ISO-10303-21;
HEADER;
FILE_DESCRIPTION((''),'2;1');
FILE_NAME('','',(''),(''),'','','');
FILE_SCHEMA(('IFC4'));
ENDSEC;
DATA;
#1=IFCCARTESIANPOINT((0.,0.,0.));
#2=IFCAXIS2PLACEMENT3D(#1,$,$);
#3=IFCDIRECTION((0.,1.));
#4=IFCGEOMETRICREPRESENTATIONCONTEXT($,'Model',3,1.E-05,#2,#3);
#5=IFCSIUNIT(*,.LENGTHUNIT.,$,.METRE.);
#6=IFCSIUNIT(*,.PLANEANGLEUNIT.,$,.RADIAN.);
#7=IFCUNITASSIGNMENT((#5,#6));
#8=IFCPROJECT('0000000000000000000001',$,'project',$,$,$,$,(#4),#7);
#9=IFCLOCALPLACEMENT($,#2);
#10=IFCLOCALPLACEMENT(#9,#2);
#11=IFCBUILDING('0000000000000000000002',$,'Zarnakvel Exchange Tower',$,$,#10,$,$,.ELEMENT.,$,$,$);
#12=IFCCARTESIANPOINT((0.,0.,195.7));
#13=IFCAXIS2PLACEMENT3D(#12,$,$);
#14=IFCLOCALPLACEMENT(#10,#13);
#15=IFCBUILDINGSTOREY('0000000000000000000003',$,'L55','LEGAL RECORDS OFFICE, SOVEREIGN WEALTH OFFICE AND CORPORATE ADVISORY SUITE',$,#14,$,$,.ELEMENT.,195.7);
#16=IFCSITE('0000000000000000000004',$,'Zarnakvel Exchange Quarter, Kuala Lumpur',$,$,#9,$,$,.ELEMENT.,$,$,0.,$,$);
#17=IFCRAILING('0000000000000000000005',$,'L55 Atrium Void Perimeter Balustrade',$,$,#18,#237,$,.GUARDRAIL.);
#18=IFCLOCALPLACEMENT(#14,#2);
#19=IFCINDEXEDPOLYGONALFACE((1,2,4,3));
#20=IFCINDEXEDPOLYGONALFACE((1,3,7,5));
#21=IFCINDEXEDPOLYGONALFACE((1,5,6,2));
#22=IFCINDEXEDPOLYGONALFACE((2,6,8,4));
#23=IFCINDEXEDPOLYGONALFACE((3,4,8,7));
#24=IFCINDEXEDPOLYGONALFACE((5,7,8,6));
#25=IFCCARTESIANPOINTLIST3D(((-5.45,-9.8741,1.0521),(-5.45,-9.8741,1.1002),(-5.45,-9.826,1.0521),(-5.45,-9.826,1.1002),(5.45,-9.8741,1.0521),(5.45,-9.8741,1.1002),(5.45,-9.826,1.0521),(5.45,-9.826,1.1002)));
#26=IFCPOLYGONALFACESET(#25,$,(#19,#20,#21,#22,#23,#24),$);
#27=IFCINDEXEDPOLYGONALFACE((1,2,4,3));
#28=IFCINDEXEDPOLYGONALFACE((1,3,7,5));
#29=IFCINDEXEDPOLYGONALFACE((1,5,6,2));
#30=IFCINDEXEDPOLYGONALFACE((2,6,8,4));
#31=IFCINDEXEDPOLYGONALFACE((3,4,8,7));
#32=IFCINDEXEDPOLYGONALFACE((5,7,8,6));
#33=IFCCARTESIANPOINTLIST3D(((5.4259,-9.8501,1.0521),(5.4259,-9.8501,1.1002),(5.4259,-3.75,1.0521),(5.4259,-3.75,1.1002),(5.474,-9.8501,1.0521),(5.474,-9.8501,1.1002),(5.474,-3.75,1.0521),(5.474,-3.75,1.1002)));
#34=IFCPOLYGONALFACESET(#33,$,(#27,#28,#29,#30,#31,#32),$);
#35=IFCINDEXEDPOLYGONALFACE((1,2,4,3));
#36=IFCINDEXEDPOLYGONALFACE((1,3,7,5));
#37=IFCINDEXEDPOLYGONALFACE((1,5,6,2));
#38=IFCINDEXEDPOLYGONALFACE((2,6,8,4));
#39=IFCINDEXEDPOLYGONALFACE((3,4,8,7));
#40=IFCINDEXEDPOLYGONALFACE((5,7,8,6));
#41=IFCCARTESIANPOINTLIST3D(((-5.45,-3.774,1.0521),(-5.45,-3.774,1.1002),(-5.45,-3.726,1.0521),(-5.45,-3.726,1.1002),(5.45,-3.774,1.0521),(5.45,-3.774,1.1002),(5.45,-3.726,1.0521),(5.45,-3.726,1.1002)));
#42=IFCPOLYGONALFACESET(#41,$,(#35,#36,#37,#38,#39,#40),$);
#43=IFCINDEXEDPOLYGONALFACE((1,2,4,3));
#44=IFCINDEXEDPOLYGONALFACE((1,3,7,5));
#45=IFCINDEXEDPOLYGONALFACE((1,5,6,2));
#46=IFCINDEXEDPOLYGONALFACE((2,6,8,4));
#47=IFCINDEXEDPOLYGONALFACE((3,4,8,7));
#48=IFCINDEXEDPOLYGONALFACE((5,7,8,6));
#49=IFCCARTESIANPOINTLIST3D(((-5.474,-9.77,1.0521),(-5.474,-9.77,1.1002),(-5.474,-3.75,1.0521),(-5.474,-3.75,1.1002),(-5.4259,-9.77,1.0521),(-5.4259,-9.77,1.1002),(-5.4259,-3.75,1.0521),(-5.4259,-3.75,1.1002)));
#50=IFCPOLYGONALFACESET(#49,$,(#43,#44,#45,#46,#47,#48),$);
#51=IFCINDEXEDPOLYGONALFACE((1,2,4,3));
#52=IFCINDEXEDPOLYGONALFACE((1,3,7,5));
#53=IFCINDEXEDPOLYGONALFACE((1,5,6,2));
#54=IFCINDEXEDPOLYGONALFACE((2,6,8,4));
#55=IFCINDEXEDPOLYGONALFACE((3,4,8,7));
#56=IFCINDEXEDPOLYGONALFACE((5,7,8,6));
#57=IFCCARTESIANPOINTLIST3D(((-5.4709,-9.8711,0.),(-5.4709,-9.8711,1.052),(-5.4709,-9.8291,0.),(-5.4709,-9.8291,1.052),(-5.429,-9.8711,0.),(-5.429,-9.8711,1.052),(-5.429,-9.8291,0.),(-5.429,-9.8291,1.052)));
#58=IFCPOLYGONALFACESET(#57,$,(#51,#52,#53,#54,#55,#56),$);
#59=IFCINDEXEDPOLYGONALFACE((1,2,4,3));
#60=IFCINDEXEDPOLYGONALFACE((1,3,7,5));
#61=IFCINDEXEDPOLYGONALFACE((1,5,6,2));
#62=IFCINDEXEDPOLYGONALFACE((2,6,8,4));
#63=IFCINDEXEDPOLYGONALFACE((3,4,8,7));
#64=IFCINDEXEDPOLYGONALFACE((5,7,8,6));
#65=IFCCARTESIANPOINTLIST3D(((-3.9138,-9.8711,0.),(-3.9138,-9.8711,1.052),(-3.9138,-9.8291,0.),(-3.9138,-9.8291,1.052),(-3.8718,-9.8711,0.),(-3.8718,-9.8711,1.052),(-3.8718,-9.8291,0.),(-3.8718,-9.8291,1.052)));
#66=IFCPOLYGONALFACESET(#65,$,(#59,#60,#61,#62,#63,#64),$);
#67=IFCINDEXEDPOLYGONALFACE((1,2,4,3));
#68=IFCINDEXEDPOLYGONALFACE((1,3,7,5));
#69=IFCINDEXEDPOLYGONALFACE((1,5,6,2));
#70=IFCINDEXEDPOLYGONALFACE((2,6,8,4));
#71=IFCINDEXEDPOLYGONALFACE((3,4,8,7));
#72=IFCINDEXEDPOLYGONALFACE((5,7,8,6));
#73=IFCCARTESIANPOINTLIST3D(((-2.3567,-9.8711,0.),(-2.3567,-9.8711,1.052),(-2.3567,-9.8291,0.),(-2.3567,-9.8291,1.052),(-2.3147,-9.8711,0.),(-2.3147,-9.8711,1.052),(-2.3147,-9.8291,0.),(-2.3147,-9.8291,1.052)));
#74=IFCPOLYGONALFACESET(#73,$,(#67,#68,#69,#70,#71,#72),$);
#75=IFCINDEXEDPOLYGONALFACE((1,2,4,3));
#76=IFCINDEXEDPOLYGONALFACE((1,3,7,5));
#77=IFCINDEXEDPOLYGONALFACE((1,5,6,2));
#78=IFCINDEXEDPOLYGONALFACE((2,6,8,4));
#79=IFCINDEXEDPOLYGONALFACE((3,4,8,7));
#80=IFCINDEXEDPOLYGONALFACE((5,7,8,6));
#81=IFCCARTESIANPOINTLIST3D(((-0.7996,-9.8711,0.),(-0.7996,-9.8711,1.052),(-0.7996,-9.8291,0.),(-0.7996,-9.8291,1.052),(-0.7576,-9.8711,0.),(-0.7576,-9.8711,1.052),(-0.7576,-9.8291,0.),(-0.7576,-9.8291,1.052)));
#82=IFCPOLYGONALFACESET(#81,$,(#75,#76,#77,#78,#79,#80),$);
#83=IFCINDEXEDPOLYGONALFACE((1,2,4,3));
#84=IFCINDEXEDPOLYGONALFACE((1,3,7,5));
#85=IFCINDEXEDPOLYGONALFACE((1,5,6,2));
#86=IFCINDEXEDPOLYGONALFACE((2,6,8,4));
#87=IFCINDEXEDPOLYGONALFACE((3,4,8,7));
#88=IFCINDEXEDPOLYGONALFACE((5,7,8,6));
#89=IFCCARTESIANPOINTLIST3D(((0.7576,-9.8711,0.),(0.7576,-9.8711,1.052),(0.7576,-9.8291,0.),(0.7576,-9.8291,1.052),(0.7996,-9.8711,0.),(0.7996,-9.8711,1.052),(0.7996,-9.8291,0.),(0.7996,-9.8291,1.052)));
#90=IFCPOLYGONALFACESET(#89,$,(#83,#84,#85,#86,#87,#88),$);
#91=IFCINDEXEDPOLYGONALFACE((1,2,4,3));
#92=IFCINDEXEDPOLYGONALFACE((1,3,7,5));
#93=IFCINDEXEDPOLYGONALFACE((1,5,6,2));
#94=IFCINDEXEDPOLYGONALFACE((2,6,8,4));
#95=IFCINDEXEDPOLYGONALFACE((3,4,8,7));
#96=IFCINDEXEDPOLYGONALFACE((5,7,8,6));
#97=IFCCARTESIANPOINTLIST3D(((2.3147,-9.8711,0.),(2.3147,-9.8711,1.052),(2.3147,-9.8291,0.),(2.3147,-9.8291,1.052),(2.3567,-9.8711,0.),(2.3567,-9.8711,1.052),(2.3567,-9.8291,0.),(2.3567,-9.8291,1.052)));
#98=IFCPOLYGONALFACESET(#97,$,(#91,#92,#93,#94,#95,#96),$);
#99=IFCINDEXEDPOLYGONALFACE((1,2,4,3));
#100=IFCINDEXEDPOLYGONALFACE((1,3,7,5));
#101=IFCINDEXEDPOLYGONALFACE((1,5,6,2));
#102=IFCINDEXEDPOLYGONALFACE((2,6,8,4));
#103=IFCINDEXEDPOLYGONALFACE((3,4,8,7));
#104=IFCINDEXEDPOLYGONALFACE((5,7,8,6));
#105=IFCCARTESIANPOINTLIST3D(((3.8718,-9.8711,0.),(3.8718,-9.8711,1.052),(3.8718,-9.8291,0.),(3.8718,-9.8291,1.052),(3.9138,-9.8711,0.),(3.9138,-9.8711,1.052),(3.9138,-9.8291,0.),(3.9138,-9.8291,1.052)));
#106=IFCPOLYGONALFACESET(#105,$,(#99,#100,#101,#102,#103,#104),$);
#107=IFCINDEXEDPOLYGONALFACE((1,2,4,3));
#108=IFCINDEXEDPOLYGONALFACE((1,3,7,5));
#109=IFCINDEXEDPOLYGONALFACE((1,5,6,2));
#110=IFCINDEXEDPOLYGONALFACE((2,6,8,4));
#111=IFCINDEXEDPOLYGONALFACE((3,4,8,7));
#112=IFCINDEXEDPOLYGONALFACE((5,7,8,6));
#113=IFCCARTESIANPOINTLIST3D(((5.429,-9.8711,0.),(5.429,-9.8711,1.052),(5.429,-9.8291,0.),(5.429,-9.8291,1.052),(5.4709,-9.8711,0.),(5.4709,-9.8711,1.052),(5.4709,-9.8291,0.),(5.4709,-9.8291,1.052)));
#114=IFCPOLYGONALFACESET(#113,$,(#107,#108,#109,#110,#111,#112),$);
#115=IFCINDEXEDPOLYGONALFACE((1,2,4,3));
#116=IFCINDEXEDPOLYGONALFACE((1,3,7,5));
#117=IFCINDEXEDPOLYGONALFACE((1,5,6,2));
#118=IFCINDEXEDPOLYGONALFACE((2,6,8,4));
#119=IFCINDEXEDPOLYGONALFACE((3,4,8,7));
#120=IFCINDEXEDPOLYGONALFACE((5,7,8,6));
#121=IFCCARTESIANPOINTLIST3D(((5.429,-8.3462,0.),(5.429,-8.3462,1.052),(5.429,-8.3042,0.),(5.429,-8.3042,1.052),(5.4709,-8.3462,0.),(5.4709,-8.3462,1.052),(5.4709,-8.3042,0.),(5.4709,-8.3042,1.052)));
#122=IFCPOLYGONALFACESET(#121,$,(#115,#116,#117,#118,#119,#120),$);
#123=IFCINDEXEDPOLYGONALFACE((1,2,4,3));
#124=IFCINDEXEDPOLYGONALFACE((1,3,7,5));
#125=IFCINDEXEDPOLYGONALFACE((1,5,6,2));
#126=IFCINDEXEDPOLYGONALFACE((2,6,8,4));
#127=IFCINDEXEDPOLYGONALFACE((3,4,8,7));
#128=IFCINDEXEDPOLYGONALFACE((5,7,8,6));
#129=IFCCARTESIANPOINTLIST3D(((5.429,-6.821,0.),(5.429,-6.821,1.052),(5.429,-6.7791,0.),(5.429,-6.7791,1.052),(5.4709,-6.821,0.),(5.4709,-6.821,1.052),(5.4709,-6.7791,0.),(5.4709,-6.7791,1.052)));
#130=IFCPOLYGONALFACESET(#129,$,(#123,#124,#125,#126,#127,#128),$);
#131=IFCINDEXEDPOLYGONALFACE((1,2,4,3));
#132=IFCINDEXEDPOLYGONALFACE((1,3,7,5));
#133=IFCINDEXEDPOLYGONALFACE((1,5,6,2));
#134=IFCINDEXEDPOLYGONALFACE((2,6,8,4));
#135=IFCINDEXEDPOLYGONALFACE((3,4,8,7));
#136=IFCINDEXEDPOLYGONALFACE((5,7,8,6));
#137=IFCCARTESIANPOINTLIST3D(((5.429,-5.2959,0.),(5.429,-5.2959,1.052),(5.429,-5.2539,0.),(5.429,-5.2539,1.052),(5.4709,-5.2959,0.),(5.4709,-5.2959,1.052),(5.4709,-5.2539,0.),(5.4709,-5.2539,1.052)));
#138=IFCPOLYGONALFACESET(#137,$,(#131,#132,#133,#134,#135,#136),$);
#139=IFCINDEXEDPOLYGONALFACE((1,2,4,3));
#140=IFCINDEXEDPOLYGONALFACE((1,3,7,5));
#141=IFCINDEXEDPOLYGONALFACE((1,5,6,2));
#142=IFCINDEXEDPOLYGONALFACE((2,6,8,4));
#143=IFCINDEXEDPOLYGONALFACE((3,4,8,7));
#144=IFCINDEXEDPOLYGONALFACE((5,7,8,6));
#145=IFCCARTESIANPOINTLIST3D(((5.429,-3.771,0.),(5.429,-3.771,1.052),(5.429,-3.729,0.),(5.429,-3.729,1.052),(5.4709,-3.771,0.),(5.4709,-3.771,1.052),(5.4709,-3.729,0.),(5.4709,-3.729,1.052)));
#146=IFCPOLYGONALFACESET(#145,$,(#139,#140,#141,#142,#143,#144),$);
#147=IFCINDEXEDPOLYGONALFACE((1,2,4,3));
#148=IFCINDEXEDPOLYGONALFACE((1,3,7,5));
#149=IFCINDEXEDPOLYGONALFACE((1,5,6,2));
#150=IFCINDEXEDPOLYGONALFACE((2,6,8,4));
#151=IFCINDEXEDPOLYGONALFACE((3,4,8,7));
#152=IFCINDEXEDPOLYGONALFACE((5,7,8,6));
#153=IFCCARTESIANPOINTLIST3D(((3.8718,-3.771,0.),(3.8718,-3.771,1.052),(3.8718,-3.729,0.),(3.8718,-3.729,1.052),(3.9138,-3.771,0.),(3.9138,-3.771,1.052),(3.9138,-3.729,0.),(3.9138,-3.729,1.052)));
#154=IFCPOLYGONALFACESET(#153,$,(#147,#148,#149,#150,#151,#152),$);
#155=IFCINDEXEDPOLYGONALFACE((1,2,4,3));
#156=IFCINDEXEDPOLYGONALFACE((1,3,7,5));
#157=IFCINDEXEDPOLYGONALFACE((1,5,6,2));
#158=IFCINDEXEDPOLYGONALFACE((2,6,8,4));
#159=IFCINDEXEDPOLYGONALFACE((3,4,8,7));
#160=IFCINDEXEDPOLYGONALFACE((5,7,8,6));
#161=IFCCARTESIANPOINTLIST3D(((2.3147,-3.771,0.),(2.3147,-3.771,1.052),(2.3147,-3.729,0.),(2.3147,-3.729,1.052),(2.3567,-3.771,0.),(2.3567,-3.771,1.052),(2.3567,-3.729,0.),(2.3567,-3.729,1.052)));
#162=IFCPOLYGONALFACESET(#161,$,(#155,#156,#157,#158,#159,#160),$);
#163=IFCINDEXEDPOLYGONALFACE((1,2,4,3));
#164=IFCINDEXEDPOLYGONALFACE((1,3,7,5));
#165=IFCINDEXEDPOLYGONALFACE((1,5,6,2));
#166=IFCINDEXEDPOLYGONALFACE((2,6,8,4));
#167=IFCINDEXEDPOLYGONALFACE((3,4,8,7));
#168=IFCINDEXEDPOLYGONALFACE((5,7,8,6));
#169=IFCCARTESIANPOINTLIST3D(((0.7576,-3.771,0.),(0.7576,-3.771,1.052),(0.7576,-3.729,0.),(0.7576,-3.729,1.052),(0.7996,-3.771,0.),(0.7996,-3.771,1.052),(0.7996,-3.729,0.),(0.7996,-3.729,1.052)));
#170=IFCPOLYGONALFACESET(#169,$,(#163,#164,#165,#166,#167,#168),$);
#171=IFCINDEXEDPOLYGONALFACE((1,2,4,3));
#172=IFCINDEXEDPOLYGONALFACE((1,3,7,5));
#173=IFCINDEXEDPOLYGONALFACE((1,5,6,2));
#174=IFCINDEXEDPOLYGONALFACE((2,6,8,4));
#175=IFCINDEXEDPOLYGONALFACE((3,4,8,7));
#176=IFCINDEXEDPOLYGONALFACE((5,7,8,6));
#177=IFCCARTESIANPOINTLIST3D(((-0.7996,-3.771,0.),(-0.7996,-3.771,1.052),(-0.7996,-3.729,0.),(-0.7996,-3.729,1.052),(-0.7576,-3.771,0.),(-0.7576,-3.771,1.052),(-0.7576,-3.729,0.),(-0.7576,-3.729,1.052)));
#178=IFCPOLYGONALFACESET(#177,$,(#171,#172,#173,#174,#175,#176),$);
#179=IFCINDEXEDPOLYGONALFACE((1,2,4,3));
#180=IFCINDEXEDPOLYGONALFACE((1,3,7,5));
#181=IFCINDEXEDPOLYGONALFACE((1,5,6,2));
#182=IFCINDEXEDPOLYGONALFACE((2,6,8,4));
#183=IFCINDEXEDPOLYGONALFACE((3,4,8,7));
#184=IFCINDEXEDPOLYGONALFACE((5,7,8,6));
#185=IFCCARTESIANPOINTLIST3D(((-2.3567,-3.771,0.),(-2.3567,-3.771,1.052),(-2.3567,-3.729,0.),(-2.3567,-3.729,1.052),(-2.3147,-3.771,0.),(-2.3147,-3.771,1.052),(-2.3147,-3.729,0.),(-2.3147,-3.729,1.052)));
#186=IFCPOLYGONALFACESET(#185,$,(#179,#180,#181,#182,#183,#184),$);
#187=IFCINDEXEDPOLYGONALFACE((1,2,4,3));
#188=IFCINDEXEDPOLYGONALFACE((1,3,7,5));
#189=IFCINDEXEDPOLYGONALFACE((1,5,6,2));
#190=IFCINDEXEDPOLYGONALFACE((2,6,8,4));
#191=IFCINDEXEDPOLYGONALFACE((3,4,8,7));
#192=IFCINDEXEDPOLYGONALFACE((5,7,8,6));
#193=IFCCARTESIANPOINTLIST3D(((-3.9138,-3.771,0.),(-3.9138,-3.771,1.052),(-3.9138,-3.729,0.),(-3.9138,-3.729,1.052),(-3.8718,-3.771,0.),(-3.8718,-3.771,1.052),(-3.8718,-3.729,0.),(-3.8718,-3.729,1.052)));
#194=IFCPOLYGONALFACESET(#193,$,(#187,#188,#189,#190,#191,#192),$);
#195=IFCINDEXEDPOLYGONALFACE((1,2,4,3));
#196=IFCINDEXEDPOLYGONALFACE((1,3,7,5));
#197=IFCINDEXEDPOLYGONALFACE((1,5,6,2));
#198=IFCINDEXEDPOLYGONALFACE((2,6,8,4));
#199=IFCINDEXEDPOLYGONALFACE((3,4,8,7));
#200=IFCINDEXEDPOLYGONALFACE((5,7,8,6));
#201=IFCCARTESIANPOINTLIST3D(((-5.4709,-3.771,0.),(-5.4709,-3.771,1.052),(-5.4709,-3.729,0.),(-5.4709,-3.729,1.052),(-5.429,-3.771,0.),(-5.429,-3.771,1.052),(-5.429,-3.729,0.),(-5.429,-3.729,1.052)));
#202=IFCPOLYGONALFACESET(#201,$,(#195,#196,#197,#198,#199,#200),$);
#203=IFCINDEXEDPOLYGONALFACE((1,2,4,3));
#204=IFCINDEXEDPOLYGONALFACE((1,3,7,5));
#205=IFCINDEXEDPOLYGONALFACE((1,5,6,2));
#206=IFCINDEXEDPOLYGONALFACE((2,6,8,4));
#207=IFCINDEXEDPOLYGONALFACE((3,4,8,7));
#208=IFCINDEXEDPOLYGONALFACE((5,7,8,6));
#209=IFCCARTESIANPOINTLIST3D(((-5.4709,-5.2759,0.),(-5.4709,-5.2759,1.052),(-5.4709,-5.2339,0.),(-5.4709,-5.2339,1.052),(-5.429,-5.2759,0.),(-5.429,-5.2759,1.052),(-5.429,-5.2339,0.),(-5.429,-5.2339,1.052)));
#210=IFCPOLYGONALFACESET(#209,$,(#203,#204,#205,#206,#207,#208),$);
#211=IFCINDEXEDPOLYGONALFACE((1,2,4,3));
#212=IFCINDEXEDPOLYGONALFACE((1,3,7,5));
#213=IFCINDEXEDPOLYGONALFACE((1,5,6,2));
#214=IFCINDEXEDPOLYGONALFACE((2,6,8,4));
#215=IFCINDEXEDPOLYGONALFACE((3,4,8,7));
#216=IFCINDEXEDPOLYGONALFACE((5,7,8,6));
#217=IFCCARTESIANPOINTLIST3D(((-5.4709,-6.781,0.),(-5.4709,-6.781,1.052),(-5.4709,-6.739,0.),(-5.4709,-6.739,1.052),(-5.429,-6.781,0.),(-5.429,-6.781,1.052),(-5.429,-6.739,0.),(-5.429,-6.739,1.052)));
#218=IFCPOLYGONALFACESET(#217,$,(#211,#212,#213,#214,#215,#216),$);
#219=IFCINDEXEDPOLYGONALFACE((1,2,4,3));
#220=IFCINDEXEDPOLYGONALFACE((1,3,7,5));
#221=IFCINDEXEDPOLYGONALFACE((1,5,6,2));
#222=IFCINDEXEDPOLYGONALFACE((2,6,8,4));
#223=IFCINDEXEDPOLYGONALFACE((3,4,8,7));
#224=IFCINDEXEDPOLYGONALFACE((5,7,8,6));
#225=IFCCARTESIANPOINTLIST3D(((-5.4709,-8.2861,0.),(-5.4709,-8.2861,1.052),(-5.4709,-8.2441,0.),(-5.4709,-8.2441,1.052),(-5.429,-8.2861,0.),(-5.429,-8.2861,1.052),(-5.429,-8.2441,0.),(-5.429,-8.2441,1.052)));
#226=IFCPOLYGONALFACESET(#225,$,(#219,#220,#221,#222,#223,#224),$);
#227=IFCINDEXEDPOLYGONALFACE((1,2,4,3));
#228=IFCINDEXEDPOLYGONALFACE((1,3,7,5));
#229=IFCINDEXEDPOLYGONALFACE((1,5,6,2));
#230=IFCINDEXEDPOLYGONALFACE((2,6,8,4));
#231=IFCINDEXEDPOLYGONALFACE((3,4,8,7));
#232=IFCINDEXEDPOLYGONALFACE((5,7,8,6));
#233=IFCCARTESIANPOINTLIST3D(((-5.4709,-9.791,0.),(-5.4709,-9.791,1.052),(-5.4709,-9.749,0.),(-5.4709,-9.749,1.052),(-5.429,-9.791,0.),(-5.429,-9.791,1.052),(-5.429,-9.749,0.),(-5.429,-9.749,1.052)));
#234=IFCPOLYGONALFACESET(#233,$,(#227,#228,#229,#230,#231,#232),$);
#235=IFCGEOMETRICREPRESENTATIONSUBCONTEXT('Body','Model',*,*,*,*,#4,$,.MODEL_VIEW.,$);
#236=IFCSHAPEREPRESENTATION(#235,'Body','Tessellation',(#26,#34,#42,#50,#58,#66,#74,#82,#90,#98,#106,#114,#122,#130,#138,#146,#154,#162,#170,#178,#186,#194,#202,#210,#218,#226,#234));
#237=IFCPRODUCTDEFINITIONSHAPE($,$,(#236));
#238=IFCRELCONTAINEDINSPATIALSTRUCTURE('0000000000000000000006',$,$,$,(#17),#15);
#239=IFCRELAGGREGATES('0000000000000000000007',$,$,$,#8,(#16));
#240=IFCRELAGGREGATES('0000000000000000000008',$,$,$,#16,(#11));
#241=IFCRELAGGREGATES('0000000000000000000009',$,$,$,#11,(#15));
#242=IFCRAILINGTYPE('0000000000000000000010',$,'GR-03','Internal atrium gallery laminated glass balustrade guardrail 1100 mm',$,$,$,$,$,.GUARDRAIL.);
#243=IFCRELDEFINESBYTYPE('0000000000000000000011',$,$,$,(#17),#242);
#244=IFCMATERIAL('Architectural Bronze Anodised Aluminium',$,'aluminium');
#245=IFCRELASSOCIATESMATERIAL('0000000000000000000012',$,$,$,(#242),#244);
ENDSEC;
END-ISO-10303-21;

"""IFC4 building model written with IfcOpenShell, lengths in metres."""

from ifc_helpers import new_model, si_unit, direction, frame, origin, origin_2d, place, context, subcontext, project, spatial, rectangle, extrude, material, type_object, element, save


model = new_model("IFC4")

# Units and contexts
model_context = context("Model", 3, precision=1e-05, world=origin(), true_north=direction((0.0, 1.0)))
body_context = subcontext(model_context, "Body", "Model", "MODEL_VIEW")
ifc_project = project(units=[si_unit("LENGTHUNIT", "METRE"), si_unit("PLANEANGLEUNIT", "RADIAN")], contexts=[model_context])

# Site, building, storey
site_placement = place(None, origin())
site = spatial("IfcSite", under=ifc_project, at=site_placement, Name="Zarnakvel Exchange Quarter, Kuala Lumpur", CompositionType="ELEMENT", RefElevation=0.0)
building_placement = place(site_placement, origin())
building = spatial("IfcBuilding", under=site, at=building_placement, Name="Zarnakvel Exchange Tower", CompositionType="ELEMENT")
storey_placement = place(building_placement, frame((0.0, 0.0, 195.7)))
storey = spatial("IfcBuildingStorey", under=building, at=storey_placement, Name="L55", Description="LEGAL RECORDS OFFICE, SOVEREIGN WEALTH OFFICE AND CORPORATE ADVISORY SUITE", CompositionType="ELEMENT", Elevation=195.7)

# Railing
ifc_material_1 = material(Name="Architectural Bronze Anodised Aluminium", Category="aluminium")
railing_type_1 = type_object("IfcRailingType", Name="GR-03", Description="Internal atrium gallery laminated glass balustrade guardrail 1100 mm", PredefinedType="GUARDRAIL", material=ifc_material_1)
railing_1_placement = place(storey_placement, frame((-5.45, -9.8501, 0.0)))
element("IfcRailing", 1, at=railing_1_placement, inside=storey, type_object=railing_type_1, Name="L55 Atrium Void Perimeter Balustrade", PredefinedType="GUARDRAIL", context=body_context, shape_type="SweptSolid", body=[
    extrude(rectangle(XDim=0.0481, YDim=0.0481, at=origin_2d()), frame((0.0, 0.0, 1.0762), z_axis=(1.0, 0.0, 0.0), x_axis=(0.0, 1.0, 0.0)), (0.0, 0.0, 1.0), 10.8999),
    extrude(rectangle(XDim=0.0481, YDim=0.0481, at=origin_2d()), frame((10.8999, 0.0, 1.0762), z_axis=(0.0, 1.0, 0.0), x_axis=(-1.0, 0.0, 0.0)), (0.0, 0.0, 1.0), 6.1001),
    extrude(rectangle(XDim=0.0481, YDim=0.0481, at=origin_2d()), frame((10.8999, 6.1001, 1.0762), z_axis=(-1.0, 0.0, 0.0), x_axis=(0.0, -1.0, 0.0)), (0.0, 0.0, 1.0), 10.8999),
    extrude(rectangle(XDim=0.0481, YDim=0.0481, at=origin_2d()), frame((0.0, 6.1001, 1.0762), z_axis=(0.0, -1.0, 0.0), x_axis=(1.0, 0.0, 0.0)), (0.0, 0.0, 1.0), 6.02),
    extrude(rectangle(XDim=0.042, YDim=0.042, at=origin_2d()), origin(), (0.0, 0.0, 1.0), 1.052),
    extrude(rectangle(XDim=0.042, YDim=0.042, at=origin_2d()), frame((1.5571, 0.0, 0.0)), (0.0, 0.0, 1.0), 1.052),
    extrude(rectangle(XDim=0.042, YDim=0.042, at=origin_2d()), frame((3.1143, 0.0, 0.0)), (0.0, 0.0, 1.0), 1.052),
    extrude(rectangle(XDim=0.042, YDim=0.042, at=origin_2d()), frame((4.6714, 0.0, 0.0)), (0.0, 0.0, 1.0), 1.052),
    extrude(rectangle(XDim=0.042, YDim=0.042, at=origin_2d()), frame((6.2285, 0.0, 0.0)), (0.0, 0.0, 1.0), 1.052),
    extrude(rectangle(XDim=0.042, YDim=0.042, at=origin_2d()), frame((7.7856, 0.0, 0.0)), (0.0, 0.0, 1.0), 1.052),
    extrude(rectangle(XDim=0.042, YDim=0.042, at=origin_2d()), frame((9.3428, 0.0, 0.0)), (0.0, 0.0, 1.0), 1.052),
    extrude(rectangle(XDim=0.042, YDim=0.042, at=origin_2d()), frame((10.8999, 0.0, 0.0)), (0.0, 0.0, 1.0), 1.052),
    extrude(rectangle(XDim=0.042, YDim=0.042, at=origin_2d()), frame((10.8999, 1.5249, 0.0)), (0.0, 0.0, 1.0), 1.052),
    extrude(rectangle(XDim=0.042, YDim=0.042, at=origin_2d()), frame((10.8999, 3.05, 0.0)), (0.0, 0.0, 1.0), 1.052),
    extrude(rectangle(XDim=0.042, YDim=0.042, at=origin_2d()), frame((10.8999, 4.5752, 0.0)), (0.0, 0.0, 1.0), 1.052),
    extrude(rectangle(XDim=0.042, YDim=0.042, at=origin_2d()), frame((10.8999, 6.1001, 0.0)), (0.0, 0.0, 1.0), 1.052),
    extrude(rectangle(XDim=0.042, YDim=0.042, at=origin_2d()), frame((9.3428, 6.1001, 0.0)), (0.0, 0.0, 1.0), 1.052),
    extrude(rectangle(XDim=0.042, YDim=0.042, at=origin_2d()), frame((7.7856, 6.1001, 0.0)), (0.0, 0.0, 1.0), 1.052),
    extrude(rectangle(XDim=0.042, YDim=0.042, at=origin_2d()), frame((6.2285, 6.1001, 0.0)), (0.0, 0.0, 1.0), 1.052),
    extrude(rectangle(XDim=0.042, YDim=0.042, at=origin_2d()), frame((4.6714, 6.1001, 0.0)), (0.0, 0.0, 1.0), 1.052),
    extrude(rectangle(XDim=0.042, YDim=0.042, at=origin_2d()), frame((3.1143, 6.1001, 0.0)), (0.0, 0.0, 1.0), 1.052),
    extrude(rectangle(XDim=0.042, YDim=0.042, at=origin_2d()), frame((1.5571, 6.1001, 0.0)), (0.0, 0.0, 1.0), 1.052),
    extrude(rectangle(XDim=0.042, YDim=0.042, at=origin_2d()), frame((0.0, 6.1001, 0.0)), (0.0, 0.0, 1.0), 1.052),
    extrude(rectangle(XDim=0.042, YDim=0.042, at=origin_2d()), frame((0.0, 4.5952, 0.0)), (0.0, 0.0, 1.0), 1.052),
    extrude(rectangle(XDim=0.042, YDim=0.042, at=origin_2d()), frame((0.0, 3.0901, 0.0)), (0.0, 0.0, 1.0), 1.052),
    extrude(rectangle(XDim=0.042, YDim=0.042, at=origin_2d()), frame((0.0, 1.585, 0.0)), (0.0, 0.0, 1.0), 1.052),
    extrude(rectangle(XDim=0.042, YDim=0.042, at=origin_2d()), frame((0.0, 0.0801, 0.0)), (0.0, 0.0, 1.0), 1.052),
])

save(model, "model.ifc")
